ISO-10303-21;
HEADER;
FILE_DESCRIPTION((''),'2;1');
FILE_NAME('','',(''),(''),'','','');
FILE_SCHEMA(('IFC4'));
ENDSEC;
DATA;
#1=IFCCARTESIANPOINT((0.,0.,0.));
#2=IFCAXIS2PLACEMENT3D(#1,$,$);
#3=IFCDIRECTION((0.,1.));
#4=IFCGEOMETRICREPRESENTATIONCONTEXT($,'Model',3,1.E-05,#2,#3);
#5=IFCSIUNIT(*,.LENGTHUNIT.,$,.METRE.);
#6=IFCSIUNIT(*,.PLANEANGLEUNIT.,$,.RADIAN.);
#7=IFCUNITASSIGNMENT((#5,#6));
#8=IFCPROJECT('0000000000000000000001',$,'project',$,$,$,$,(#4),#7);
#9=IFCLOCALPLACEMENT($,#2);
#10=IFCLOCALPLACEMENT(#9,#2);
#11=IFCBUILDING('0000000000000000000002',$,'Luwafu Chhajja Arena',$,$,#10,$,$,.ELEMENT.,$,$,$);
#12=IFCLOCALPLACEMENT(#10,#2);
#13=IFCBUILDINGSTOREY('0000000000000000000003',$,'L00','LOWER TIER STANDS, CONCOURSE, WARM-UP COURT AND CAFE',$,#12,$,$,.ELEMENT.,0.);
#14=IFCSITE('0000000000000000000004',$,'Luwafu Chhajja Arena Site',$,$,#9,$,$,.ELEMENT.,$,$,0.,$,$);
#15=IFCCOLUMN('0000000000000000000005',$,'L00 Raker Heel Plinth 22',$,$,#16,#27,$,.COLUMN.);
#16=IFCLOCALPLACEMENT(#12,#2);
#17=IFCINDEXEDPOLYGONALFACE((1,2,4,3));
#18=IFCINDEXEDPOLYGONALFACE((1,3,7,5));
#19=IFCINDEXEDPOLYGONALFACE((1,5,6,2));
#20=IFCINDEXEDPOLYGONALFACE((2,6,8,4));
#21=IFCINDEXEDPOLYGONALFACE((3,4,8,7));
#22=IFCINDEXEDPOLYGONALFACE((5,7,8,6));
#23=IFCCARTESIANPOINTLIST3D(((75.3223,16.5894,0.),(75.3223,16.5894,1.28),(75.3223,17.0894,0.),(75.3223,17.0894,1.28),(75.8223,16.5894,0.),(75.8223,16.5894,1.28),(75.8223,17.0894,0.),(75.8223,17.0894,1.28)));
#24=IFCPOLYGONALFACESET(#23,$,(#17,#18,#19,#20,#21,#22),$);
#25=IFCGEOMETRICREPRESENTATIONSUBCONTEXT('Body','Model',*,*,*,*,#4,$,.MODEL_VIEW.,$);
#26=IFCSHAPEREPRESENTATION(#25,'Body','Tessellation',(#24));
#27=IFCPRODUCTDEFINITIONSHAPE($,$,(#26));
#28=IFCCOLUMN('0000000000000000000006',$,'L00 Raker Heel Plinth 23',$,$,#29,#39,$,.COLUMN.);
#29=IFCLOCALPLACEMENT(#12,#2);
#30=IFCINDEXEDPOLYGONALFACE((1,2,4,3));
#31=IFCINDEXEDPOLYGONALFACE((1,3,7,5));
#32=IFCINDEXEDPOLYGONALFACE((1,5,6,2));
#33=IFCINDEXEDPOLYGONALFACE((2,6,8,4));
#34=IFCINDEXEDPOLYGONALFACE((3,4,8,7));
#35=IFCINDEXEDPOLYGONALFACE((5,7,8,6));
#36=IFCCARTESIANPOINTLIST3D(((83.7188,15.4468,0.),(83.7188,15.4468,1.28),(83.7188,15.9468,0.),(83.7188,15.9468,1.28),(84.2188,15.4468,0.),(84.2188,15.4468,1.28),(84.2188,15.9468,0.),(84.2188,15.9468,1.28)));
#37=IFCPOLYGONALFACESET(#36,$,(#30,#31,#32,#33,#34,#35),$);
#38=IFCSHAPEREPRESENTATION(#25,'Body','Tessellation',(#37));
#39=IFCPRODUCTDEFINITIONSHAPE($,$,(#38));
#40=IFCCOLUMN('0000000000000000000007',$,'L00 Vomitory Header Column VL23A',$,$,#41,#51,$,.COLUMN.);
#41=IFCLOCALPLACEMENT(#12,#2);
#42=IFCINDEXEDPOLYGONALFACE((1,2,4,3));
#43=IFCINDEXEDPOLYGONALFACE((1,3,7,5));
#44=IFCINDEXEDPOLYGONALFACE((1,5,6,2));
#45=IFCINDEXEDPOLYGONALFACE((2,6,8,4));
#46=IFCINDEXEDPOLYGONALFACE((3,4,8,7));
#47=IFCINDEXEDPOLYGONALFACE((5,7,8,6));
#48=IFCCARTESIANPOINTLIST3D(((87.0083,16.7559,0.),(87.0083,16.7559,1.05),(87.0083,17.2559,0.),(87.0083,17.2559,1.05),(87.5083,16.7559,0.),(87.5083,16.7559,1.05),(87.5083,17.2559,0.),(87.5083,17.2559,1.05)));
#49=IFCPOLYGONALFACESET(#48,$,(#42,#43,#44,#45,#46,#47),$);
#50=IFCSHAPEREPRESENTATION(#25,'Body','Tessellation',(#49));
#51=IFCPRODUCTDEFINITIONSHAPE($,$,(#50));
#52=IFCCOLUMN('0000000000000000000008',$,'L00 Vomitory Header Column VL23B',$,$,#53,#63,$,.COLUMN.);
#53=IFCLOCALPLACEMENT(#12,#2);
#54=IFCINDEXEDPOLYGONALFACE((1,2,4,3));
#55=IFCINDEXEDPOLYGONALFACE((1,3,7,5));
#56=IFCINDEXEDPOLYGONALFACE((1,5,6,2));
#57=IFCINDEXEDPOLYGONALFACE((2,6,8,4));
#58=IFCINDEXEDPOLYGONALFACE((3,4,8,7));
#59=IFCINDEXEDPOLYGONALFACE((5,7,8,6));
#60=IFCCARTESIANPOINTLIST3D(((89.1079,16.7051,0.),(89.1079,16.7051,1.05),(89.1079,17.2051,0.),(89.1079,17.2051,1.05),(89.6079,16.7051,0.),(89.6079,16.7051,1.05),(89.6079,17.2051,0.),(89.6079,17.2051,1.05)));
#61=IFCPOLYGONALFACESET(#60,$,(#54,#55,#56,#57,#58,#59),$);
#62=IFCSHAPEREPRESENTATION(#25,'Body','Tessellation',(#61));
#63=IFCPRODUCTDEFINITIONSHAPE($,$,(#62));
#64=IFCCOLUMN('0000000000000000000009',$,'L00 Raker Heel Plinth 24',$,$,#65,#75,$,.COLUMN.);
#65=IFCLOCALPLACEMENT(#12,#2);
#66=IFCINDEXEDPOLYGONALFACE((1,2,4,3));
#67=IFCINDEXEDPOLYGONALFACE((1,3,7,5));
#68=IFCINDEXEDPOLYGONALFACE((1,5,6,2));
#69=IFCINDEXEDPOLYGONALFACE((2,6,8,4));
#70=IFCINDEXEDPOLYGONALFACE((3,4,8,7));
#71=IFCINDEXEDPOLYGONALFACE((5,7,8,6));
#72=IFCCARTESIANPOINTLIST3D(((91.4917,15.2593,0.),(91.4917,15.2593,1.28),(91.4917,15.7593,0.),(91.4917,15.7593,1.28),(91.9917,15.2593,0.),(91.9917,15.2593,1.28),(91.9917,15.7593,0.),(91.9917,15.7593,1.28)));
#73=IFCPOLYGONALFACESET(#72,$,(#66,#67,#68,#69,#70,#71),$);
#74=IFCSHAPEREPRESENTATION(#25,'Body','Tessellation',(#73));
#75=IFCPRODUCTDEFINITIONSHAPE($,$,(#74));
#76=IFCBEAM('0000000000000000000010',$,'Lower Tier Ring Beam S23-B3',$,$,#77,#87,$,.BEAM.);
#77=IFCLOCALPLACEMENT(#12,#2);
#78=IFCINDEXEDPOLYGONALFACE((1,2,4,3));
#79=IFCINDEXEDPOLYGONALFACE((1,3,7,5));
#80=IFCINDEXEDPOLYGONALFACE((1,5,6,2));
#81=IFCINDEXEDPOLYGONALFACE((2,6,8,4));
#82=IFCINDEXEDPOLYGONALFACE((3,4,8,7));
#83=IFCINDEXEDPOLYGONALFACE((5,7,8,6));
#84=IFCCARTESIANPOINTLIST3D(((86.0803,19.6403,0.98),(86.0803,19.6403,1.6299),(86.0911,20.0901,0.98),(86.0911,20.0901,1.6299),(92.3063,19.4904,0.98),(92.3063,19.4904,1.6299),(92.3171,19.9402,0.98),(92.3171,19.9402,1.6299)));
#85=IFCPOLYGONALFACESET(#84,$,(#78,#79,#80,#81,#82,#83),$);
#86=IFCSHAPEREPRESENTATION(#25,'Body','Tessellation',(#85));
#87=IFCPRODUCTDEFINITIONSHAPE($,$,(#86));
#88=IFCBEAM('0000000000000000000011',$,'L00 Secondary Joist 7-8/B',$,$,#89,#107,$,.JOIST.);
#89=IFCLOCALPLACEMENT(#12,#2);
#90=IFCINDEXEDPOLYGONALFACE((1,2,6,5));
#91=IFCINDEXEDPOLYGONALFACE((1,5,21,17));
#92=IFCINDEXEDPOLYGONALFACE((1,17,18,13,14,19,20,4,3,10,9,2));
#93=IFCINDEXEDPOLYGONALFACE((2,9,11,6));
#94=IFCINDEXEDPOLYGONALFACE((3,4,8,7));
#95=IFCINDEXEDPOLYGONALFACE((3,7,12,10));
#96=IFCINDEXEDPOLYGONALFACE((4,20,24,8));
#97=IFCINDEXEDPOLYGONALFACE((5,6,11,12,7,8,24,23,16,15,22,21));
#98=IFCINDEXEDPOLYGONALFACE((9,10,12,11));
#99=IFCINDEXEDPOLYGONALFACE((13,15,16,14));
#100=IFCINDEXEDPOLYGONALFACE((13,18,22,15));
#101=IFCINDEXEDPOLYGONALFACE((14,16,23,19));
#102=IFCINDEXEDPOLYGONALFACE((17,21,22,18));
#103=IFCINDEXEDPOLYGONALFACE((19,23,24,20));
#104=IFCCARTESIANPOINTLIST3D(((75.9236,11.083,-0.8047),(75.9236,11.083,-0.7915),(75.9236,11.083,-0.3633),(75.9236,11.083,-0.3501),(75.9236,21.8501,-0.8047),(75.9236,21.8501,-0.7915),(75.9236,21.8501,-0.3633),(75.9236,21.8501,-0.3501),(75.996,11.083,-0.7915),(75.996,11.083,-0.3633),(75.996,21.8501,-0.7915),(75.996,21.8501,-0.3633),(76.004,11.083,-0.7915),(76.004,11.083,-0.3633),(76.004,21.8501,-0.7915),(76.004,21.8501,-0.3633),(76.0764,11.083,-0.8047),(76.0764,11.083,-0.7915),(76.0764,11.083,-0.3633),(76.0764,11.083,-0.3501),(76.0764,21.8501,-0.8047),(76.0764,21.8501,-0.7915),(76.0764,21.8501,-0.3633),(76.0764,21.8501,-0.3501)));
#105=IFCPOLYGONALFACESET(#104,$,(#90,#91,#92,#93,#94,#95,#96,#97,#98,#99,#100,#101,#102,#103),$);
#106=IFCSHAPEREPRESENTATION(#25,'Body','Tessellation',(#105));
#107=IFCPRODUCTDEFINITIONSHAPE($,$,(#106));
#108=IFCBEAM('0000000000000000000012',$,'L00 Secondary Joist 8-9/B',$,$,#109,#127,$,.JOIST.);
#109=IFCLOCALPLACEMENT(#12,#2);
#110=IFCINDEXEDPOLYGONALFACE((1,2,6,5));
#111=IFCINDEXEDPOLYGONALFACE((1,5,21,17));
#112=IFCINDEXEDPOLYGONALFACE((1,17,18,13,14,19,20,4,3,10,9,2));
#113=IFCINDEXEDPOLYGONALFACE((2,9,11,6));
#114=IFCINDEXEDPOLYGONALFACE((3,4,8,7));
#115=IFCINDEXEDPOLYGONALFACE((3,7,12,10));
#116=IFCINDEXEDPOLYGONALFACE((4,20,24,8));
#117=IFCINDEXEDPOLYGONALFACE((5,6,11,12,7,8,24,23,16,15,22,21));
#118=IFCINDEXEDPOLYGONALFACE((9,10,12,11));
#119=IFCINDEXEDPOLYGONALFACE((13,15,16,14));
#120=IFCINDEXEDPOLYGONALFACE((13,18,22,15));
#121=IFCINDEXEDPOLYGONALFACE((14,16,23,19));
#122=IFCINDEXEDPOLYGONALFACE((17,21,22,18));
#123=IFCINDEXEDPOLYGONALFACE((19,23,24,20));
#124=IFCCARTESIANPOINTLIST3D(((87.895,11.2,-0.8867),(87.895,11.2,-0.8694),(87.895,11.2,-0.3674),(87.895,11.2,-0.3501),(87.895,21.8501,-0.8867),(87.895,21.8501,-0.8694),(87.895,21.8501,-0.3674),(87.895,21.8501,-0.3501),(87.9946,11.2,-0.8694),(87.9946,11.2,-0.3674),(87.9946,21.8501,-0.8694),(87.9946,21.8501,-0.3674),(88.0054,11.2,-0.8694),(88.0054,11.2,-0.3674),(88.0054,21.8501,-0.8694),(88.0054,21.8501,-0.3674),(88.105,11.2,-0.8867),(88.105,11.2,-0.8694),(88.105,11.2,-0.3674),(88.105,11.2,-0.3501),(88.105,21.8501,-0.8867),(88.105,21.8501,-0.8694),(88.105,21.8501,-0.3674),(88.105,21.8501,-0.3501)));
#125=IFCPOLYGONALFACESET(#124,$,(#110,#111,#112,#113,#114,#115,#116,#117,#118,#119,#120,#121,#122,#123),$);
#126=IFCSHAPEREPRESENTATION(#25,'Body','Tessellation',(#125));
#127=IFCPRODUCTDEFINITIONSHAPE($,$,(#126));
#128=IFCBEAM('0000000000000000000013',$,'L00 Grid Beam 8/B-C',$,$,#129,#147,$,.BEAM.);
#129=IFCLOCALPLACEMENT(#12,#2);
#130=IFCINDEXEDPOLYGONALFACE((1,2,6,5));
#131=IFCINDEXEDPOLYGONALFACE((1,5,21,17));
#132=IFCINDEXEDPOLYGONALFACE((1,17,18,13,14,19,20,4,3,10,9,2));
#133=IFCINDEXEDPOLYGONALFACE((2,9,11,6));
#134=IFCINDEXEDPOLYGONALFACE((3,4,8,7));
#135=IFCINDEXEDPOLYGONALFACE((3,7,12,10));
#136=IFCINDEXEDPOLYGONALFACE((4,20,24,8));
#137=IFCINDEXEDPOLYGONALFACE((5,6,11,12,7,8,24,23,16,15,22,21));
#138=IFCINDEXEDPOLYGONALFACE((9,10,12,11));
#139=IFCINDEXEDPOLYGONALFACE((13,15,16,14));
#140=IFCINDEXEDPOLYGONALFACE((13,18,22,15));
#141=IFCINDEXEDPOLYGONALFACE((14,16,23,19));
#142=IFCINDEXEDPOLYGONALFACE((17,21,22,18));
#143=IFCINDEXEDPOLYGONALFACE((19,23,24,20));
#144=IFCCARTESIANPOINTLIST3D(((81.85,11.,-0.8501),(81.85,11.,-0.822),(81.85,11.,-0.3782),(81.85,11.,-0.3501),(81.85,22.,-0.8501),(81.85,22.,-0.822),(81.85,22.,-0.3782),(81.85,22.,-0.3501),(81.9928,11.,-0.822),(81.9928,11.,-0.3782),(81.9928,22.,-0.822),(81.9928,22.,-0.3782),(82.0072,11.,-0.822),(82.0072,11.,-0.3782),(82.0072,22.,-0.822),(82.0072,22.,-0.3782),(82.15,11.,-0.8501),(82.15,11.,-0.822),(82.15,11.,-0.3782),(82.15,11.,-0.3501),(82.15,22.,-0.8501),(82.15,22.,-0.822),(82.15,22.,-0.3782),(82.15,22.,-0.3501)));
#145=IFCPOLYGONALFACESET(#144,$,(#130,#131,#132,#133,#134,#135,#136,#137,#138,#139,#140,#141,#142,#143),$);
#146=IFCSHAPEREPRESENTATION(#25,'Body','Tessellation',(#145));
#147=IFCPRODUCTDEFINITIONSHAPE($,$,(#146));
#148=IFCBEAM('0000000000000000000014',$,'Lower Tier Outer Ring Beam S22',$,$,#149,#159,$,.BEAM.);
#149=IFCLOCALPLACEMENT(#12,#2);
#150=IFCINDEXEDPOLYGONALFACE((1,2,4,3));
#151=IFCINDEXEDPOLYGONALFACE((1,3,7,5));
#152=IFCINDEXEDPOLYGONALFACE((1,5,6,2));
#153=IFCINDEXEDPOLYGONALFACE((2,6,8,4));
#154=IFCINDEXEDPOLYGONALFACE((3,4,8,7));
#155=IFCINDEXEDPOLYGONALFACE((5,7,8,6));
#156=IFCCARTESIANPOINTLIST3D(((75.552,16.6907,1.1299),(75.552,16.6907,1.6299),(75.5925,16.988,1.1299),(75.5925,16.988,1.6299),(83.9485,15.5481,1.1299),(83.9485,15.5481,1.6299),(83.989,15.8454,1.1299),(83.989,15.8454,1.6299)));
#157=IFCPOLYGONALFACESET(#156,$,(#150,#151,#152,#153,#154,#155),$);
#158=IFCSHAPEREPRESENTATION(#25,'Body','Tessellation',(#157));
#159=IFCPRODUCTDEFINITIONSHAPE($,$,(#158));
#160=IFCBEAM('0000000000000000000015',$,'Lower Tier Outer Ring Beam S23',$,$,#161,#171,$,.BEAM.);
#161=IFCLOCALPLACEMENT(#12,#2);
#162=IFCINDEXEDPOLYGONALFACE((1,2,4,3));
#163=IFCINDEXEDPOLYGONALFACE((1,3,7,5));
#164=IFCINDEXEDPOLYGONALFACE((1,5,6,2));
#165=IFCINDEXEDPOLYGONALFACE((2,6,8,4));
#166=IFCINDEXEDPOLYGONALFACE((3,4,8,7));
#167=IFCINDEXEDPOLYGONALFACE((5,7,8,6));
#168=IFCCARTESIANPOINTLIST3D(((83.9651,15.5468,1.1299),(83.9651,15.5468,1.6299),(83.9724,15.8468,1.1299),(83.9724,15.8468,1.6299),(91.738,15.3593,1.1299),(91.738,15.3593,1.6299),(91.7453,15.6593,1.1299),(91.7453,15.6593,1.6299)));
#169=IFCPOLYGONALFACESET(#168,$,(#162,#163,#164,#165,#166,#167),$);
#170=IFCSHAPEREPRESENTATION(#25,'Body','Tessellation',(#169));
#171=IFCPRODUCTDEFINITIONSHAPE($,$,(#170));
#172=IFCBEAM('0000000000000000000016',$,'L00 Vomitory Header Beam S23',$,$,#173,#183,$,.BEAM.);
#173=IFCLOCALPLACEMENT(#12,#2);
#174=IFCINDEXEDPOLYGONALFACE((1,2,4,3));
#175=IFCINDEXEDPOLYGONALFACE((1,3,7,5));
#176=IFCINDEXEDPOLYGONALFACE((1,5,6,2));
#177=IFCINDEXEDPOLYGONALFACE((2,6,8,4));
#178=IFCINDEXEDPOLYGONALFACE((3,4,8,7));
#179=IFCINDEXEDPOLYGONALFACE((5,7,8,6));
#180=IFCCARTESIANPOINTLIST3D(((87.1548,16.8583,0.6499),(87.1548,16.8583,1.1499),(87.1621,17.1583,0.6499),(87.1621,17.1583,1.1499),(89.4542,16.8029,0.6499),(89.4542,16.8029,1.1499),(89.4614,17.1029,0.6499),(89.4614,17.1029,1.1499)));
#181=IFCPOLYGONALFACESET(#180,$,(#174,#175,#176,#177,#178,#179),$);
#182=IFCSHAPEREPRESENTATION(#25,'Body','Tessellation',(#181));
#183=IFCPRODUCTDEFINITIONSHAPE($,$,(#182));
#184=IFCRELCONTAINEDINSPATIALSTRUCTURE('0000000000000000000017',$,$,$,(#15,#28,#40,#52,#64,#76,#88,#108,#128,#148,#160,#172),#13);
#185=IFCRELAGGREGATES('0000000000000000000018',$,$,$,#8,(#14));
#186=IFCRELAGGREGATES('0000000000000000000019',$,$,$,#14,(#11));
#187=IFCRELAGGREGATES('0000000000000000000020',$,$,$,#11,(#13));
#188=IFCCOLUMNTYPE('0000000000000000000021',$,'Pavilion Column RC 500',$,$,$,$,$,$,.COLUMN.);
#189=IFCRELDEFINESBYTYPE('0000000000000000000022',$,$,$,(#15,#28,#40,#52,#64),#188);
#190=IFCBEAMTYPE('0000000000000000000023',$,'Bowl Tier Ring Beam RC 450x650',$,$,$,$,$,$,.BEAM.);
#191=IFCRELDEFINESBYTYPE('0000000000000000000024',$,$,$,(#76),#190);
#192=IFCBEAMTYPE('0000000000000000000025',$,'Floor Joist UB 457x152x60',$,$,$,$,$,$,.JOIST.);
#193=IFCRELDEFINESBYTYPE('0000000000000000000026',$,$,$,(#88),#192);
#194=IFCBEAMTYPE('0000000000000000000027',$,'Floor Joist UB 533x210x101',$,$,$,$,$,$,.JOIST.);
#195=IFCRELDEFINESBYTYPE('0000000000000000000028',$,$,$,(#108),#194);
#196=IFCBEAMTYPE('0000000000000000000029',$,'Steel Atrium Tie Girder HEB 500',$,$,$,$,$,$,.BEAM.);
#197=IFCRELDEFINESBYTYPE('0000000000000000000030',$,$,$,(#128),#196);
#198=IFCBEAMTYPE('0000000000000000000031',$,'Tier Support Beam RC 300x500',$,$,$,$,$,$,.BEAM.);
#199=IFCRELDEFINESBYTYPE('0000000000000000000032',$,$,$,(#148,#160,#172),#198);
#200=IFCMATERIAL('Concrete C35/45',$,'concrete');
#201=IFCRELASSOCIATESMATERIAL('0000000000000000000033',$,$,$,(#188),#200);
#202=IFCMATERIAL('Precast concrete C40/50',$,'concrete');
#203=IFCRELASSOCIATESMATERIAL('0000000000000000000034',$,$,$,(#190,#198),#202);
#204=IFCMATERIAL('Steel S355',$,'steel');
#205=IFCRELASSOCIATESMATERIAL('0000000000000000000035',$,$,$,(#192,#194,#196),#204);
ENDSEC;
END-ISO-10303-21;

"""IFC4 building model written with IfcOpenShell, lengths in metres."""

from ifc_helpers import new_model, si_unit, direction, frame, origin, origin_2d, place, context, subcontext, project, spatial, rectangle, i_section, extrude, material, material_profile, profile_set, type_object, element, save


model = new_model("IFC4")

# Units and contexts
model_context = context("Model", 3, precision=1e-05, world=origin(), true_north=direction((0.0, 1.0)))
body_context = subcontext(model_context, "Body", "Model", "MODEL_VIEW")
ifc_project = project(units=[si_unit("LENGTHUNIT", "METRE"), si_unit("PLANEANGLEUNIT", "RADIAN")], contexts=[model_context])

# Site, building, storey
site_placement = place(None, origin())
site = spatial("IfcSite", under=ifc_project, at=site_placement, Name="Luwafu Chhajja Arena Site", CompositionType="ELEMENT", RefElevation=0.0)
building_placement = place(site_placement, origin())
building = spatial("IfcBuilding", under=site, at=building_placement, Name="Luwafu Chhajja Arena", CompositionType="ELEMENT")
storey_placement = place(building_placement, origin())
storey = spatial("IfcBuildingStorey", under=building, at=storey_placement, Name="L00", Description="LOWER TIER STANDS, CONCOURSE, WARM-UP COURT AND CAFE", CompositionType="ELEMENT", Elevation=0.0)

# Columns
ifc_material_1 = material(Name="Concrete C35/45", Category="concrete")
ifc_material_profile_1 = material_profile(ifc_material_1, rectangle(XDim=0.5, YDim=0.5, at=origin_2d()), Name="RC 500x500")
ifc_profile_set_1 = profile_set([ifc_material_profile_1], Name="Concrete C35/45")
column_type = type_object("IfcColumnType", Name="Pavilion Column RC 500", PredefinedType="COLUMN", material=ifc_profile_set_1)
for number, where, z_axis, x_axis, name in (
    (1, (75.5723, 16.8394, 0.0), (0.0, 0.0, 1.0), (1.0, 0.0, 0.0), "L00 Raker Heel Plinth 22"),
    (2, (83.9688, 15.6968, 0.0), (0.0, 0.0, 1.0), (1.0, 0.0, 0.0), "L00 Raker Heel Plinth 23"),
):
    element("IfcColumn", number, at=place(storey_placement, frame(where, z_axis=z_axis, x_axis=x_axis)), inside=storey, type_object=column_type, Name=name, PredefinedType="COLUMN", context=body_context, shape_type="SweptSolid", body=[
        extrude(rectangle(XDim=0.5, YDim=0.5, at=origin_2d()), origin(), (0.0, 0.0, 1.0), 1.28),
    ])
for number, where, z_axis, x_axis, name in (
    (3, (87.2583, 17.0059, 0.0), (0.0, 0.0, 1.0), (1.0, 0.0, 0.0), "L00 Vomitory Header Column VL23A"),
    (4, (89.3579, 16.9551, 0.0), (0.0, 0.0, 1.0), (1.0, 0.0, 0.0), "L00 Vomitory Header Column VL23B"),
):
    element("IfcColumn", number, at=place(storey_placement, frame(where, z_axis=z_axis, x_axis=x_axis)), inside=storey, type_object=column_type, Name=name, PredefinedType="COLUMN", context=body_context, shape_type="SweptSolid", body=[
        extrude(rectangle(XDim=0.5, YDim=0.5, at=origin_2d()), origin(), (0.0, 0.0, 1.0), 1.05),
    ])
column_placement = place(storey_placement, frame((91.7417, 15.5093, 0.0), z_axis=(0.0, 0.0, 1.0), x_axis=(1.0, 0.0, 0.0)))
element("IfcColumn", 5, at=column_placement, inside=storey, type_object=column_type, Name="L00 Raker Heel Plinth 24", PredefinedType="COLUMN", context=body_context, shape_type="SweptSolid", body=[
    extrude(rectangle(XDim=0.5, YDim=0.5, at=origin_2d()), origin(), (0.0, 0.0, 1.0), 1.28),
])

# Beams
ifc_material_2 = material(Name="Precast concrete C40/50", Category="concrete")
ifc_material_profile_2 = material_profile(ifc_material_2, rectangle(XDim=0.45, YDim=0.6499, at=origin_2d()), Name="RC 450x650")
ifc_profile_set_2 = profile_set([ifc_material_profile_2], Name="Precast concrete C40/50")
beam_type_1 = type_object("IfcBeamType", Name="Bowl Tier Ring Beam RC 450x650", PredefinedType="BEAM", material=ifc_profile_set_2)
beam_1_placement = place(storey_placement, frame((86.0857, 19.8652, 1.3049), z_axis=(0.99971, -0.02407, 0.0), x_axis=(0.02407, 0.99971, 0.0)))
element("IfcBeam", 6, at=beam_1_placement, inside=storey, type_object=beam_type_1, Name="Lower Tier Ring Beam S23-B3", PredefinedType="BEAM", context=body_context, shape_type="SweptSolid", body=[
    extrude(rectangle(XDim=0.45, YDim=0.6499, at=origin_2d()), origin(), (0.0, 0.0, 1.0), 6.2278),
])
ifc_material_3 = material(Name="Steel S355", Category="steel")
ifc_material_profile_3 = material_profile(ifc_material_3, i_section(OverallWidth=0.1528, OverallDepth=0.4546, WebThickness=0.0081, FlangeThickness=0.0132, at=origin_2d()), Name="UB 457x152x60")
ifc_profile_set_3 = profile_set([ifc_material_profile_3], Name="Steel S355")
beam_type_2 = type_object("IfcBeamType", Name="Floor Joist UB 457x152x60", PredefinedType="JOIST", material=ifc_profile_set_3)
beam_2_placement = place(storey_placement, frame((76.0, 11.083, -0.5774), z_axis=(0.0, 1.0, 0.0), x_axis=(-1.0, 0.0, 0.0)))
element("IfcBeam", 7, at=beam_2_placement, inside=storey, type_object=beam_type_2, Name="L00 Secondary Joist 7-8/B", PredefinedType="JOIST", context=body_context, shape_type="SweptSolid", body=[
    extrude(i_section(OverallWidth=0.1528, OverallDepth=0.4546, WebThickness=0.0081, FlangeThickness=0.0132, at=origin_2d()), origin(), (0.0, 0.0, 1.0), 10.7671),
])
ifc_material_profile_4 = material_profile(ifc_material_3, i_section(OverallWidth=0.21, OverallDepth=0.5366, WebThickness=0.0107, FlangeThickness=0.0173, at=origin_2d()), Name="UB 533x210x101")
ifc_profile_set_4 = profile_set([ifc_material_profile_4], Name="Steel S355")
beam_type_3 = type_object("IfcBeamType", Name="Floor Joist UB 533x210x101", PredefinedType="JOIST", material=ifc_profile_set_4)
beam_3_placement = place(storey_placement, frame((88.0, 11.2, -0.6184), z_axis=(0.0, 1.0, 0.0), x_axis=(-1.0, 0.0, 0.0)))
element("IfcBeam", 8, at=beam_3_placement, inside=storey, type_object=beam_type_3, Name="L00 Secondary Joist 8-9/B", PredefinedType="JOIST", context=body_context, shape_type="SweptSolid", body=[
    extrude(i_section(OverallWidth=0.21, OverallDepth=0.5366, WebThickness=0.0107, FlangeThickness=0.0173, at=origin_2d()), origin(), (0.0, 0.0, 1.0), 10.6501),
])
ifc_material_profile_5 = material_profile(ifc_material_3, i_section(OverallWidth=0.3, OverallDepth=0.5, WebThickness=0.0144, FlangeThickness=0.0281, at=origin_2d()), Name="HEB 500")
ifc_profile_set_5 = profile_set([ifc_material_profile_5], Name="Steel S355")
beam_type_4 = type_object("IfcBeamType", Name="Steel Atrium Tie Girder HEB 500", PredefinedType="BEAM", material=ifc_profile_set_5)
beam_4_placement = place(storey_placement, frame((82.0, 11.0, -0.6001), z_axis=(0.0, 1.0, 0.0), x_axis=(-1.0, 0.0, 0.0)))
element("IfcBeam", 9, at=beam_4_placement, inside=storey, type_object=beam_type_4, Name="L00 Grid Beam 8/B-C", PredefinedType="BEAM", context=body_context, shape_type="SweptSolid", body=[
    extrude(i_section(OverallWidth=0.3, OverallDepth=0.5, WebThickness=0.0144, FlangeThickness=0.0281, at=origin_2d()), origin(), (0.0, 0.0, 1.0), 11.0),
])
ifc_material_profile_6 = material_profile(ifc_material_2, rectangle(XDim=0.3, YDim=0.5, at=origin_2d()), Name="RC 300x500")
ifc_profile_set_6 = profile_set([ifc_material_profile_6], Name="Precast concrete C40/50")
beam_type_5 = type_object("IfcBeamType", Name="Tier Support Beam RC 300x500", PredefinedType="BEAM", material=ifc_profile_set_6)
beam_5_placement = place(storey_placement, frame((75.5723, 16.8394, 1.3799), z_axis=(0.990868, -0.134835, 0.0), x_axis=(0.134835, 0.990868, 0.0)))
element("IfcBeam", 10, at=beam_5_placement, inside=storey, type_object=beam_type_5, Name="Lower Tier Outer Ring Beam S22", PredefinedType="BEAM", context=body_context, shape_type="SweptSolid", body=[
    extrude(rectangle(XDim=0.3, YDim=0.5, at=origin_2d()), origin(), (0.0, 0.0, 1.0), 8.4739),
])
beam_6_placement = place(storey_placement, frame((83.9688, 15.6968, 1.3799), z_axis=(0.999709, -0.024115, 0.0), x_axis=(0.024115, 0.999709, 0.0)))
element("IfcBeam", 11, at=beam_6_placement, inside=storey, type_object=beam_type_5, Name="Lower Tier Outer Ring Beam S23", PredefinedType="BEAM", context=body_context, shape_type="SweptSolid", body=[
    extrude(rectangle(XDim=0.3, YDim=0.5, at=origin_2d()), origin(), (0.0, 0.0, 1.0), 7.7751),
])
beam_7_placement = place(storey_placement, frame((87.1584, 17.0083, 0.8999), z_axis=(0.99971, -0.024096, 0.0), x_axis=(0.024096, 0.99971, 0.0)))
element("IfcBeam", 12, at=beam_7_placement, inside=storey, type_object=beam_type_5, Name="L00 Vomitory Header Beam S23", PredefinedType="BEAM", context=body_context, shape_type="SweptSolid", body=[
    extrude(rectangle(XDim=0.3, YDim=0.5, at=origin_2d()), origin(), (0.0, 0.0, 1.0), 2.3),
])

save(model, "model.ifc")
